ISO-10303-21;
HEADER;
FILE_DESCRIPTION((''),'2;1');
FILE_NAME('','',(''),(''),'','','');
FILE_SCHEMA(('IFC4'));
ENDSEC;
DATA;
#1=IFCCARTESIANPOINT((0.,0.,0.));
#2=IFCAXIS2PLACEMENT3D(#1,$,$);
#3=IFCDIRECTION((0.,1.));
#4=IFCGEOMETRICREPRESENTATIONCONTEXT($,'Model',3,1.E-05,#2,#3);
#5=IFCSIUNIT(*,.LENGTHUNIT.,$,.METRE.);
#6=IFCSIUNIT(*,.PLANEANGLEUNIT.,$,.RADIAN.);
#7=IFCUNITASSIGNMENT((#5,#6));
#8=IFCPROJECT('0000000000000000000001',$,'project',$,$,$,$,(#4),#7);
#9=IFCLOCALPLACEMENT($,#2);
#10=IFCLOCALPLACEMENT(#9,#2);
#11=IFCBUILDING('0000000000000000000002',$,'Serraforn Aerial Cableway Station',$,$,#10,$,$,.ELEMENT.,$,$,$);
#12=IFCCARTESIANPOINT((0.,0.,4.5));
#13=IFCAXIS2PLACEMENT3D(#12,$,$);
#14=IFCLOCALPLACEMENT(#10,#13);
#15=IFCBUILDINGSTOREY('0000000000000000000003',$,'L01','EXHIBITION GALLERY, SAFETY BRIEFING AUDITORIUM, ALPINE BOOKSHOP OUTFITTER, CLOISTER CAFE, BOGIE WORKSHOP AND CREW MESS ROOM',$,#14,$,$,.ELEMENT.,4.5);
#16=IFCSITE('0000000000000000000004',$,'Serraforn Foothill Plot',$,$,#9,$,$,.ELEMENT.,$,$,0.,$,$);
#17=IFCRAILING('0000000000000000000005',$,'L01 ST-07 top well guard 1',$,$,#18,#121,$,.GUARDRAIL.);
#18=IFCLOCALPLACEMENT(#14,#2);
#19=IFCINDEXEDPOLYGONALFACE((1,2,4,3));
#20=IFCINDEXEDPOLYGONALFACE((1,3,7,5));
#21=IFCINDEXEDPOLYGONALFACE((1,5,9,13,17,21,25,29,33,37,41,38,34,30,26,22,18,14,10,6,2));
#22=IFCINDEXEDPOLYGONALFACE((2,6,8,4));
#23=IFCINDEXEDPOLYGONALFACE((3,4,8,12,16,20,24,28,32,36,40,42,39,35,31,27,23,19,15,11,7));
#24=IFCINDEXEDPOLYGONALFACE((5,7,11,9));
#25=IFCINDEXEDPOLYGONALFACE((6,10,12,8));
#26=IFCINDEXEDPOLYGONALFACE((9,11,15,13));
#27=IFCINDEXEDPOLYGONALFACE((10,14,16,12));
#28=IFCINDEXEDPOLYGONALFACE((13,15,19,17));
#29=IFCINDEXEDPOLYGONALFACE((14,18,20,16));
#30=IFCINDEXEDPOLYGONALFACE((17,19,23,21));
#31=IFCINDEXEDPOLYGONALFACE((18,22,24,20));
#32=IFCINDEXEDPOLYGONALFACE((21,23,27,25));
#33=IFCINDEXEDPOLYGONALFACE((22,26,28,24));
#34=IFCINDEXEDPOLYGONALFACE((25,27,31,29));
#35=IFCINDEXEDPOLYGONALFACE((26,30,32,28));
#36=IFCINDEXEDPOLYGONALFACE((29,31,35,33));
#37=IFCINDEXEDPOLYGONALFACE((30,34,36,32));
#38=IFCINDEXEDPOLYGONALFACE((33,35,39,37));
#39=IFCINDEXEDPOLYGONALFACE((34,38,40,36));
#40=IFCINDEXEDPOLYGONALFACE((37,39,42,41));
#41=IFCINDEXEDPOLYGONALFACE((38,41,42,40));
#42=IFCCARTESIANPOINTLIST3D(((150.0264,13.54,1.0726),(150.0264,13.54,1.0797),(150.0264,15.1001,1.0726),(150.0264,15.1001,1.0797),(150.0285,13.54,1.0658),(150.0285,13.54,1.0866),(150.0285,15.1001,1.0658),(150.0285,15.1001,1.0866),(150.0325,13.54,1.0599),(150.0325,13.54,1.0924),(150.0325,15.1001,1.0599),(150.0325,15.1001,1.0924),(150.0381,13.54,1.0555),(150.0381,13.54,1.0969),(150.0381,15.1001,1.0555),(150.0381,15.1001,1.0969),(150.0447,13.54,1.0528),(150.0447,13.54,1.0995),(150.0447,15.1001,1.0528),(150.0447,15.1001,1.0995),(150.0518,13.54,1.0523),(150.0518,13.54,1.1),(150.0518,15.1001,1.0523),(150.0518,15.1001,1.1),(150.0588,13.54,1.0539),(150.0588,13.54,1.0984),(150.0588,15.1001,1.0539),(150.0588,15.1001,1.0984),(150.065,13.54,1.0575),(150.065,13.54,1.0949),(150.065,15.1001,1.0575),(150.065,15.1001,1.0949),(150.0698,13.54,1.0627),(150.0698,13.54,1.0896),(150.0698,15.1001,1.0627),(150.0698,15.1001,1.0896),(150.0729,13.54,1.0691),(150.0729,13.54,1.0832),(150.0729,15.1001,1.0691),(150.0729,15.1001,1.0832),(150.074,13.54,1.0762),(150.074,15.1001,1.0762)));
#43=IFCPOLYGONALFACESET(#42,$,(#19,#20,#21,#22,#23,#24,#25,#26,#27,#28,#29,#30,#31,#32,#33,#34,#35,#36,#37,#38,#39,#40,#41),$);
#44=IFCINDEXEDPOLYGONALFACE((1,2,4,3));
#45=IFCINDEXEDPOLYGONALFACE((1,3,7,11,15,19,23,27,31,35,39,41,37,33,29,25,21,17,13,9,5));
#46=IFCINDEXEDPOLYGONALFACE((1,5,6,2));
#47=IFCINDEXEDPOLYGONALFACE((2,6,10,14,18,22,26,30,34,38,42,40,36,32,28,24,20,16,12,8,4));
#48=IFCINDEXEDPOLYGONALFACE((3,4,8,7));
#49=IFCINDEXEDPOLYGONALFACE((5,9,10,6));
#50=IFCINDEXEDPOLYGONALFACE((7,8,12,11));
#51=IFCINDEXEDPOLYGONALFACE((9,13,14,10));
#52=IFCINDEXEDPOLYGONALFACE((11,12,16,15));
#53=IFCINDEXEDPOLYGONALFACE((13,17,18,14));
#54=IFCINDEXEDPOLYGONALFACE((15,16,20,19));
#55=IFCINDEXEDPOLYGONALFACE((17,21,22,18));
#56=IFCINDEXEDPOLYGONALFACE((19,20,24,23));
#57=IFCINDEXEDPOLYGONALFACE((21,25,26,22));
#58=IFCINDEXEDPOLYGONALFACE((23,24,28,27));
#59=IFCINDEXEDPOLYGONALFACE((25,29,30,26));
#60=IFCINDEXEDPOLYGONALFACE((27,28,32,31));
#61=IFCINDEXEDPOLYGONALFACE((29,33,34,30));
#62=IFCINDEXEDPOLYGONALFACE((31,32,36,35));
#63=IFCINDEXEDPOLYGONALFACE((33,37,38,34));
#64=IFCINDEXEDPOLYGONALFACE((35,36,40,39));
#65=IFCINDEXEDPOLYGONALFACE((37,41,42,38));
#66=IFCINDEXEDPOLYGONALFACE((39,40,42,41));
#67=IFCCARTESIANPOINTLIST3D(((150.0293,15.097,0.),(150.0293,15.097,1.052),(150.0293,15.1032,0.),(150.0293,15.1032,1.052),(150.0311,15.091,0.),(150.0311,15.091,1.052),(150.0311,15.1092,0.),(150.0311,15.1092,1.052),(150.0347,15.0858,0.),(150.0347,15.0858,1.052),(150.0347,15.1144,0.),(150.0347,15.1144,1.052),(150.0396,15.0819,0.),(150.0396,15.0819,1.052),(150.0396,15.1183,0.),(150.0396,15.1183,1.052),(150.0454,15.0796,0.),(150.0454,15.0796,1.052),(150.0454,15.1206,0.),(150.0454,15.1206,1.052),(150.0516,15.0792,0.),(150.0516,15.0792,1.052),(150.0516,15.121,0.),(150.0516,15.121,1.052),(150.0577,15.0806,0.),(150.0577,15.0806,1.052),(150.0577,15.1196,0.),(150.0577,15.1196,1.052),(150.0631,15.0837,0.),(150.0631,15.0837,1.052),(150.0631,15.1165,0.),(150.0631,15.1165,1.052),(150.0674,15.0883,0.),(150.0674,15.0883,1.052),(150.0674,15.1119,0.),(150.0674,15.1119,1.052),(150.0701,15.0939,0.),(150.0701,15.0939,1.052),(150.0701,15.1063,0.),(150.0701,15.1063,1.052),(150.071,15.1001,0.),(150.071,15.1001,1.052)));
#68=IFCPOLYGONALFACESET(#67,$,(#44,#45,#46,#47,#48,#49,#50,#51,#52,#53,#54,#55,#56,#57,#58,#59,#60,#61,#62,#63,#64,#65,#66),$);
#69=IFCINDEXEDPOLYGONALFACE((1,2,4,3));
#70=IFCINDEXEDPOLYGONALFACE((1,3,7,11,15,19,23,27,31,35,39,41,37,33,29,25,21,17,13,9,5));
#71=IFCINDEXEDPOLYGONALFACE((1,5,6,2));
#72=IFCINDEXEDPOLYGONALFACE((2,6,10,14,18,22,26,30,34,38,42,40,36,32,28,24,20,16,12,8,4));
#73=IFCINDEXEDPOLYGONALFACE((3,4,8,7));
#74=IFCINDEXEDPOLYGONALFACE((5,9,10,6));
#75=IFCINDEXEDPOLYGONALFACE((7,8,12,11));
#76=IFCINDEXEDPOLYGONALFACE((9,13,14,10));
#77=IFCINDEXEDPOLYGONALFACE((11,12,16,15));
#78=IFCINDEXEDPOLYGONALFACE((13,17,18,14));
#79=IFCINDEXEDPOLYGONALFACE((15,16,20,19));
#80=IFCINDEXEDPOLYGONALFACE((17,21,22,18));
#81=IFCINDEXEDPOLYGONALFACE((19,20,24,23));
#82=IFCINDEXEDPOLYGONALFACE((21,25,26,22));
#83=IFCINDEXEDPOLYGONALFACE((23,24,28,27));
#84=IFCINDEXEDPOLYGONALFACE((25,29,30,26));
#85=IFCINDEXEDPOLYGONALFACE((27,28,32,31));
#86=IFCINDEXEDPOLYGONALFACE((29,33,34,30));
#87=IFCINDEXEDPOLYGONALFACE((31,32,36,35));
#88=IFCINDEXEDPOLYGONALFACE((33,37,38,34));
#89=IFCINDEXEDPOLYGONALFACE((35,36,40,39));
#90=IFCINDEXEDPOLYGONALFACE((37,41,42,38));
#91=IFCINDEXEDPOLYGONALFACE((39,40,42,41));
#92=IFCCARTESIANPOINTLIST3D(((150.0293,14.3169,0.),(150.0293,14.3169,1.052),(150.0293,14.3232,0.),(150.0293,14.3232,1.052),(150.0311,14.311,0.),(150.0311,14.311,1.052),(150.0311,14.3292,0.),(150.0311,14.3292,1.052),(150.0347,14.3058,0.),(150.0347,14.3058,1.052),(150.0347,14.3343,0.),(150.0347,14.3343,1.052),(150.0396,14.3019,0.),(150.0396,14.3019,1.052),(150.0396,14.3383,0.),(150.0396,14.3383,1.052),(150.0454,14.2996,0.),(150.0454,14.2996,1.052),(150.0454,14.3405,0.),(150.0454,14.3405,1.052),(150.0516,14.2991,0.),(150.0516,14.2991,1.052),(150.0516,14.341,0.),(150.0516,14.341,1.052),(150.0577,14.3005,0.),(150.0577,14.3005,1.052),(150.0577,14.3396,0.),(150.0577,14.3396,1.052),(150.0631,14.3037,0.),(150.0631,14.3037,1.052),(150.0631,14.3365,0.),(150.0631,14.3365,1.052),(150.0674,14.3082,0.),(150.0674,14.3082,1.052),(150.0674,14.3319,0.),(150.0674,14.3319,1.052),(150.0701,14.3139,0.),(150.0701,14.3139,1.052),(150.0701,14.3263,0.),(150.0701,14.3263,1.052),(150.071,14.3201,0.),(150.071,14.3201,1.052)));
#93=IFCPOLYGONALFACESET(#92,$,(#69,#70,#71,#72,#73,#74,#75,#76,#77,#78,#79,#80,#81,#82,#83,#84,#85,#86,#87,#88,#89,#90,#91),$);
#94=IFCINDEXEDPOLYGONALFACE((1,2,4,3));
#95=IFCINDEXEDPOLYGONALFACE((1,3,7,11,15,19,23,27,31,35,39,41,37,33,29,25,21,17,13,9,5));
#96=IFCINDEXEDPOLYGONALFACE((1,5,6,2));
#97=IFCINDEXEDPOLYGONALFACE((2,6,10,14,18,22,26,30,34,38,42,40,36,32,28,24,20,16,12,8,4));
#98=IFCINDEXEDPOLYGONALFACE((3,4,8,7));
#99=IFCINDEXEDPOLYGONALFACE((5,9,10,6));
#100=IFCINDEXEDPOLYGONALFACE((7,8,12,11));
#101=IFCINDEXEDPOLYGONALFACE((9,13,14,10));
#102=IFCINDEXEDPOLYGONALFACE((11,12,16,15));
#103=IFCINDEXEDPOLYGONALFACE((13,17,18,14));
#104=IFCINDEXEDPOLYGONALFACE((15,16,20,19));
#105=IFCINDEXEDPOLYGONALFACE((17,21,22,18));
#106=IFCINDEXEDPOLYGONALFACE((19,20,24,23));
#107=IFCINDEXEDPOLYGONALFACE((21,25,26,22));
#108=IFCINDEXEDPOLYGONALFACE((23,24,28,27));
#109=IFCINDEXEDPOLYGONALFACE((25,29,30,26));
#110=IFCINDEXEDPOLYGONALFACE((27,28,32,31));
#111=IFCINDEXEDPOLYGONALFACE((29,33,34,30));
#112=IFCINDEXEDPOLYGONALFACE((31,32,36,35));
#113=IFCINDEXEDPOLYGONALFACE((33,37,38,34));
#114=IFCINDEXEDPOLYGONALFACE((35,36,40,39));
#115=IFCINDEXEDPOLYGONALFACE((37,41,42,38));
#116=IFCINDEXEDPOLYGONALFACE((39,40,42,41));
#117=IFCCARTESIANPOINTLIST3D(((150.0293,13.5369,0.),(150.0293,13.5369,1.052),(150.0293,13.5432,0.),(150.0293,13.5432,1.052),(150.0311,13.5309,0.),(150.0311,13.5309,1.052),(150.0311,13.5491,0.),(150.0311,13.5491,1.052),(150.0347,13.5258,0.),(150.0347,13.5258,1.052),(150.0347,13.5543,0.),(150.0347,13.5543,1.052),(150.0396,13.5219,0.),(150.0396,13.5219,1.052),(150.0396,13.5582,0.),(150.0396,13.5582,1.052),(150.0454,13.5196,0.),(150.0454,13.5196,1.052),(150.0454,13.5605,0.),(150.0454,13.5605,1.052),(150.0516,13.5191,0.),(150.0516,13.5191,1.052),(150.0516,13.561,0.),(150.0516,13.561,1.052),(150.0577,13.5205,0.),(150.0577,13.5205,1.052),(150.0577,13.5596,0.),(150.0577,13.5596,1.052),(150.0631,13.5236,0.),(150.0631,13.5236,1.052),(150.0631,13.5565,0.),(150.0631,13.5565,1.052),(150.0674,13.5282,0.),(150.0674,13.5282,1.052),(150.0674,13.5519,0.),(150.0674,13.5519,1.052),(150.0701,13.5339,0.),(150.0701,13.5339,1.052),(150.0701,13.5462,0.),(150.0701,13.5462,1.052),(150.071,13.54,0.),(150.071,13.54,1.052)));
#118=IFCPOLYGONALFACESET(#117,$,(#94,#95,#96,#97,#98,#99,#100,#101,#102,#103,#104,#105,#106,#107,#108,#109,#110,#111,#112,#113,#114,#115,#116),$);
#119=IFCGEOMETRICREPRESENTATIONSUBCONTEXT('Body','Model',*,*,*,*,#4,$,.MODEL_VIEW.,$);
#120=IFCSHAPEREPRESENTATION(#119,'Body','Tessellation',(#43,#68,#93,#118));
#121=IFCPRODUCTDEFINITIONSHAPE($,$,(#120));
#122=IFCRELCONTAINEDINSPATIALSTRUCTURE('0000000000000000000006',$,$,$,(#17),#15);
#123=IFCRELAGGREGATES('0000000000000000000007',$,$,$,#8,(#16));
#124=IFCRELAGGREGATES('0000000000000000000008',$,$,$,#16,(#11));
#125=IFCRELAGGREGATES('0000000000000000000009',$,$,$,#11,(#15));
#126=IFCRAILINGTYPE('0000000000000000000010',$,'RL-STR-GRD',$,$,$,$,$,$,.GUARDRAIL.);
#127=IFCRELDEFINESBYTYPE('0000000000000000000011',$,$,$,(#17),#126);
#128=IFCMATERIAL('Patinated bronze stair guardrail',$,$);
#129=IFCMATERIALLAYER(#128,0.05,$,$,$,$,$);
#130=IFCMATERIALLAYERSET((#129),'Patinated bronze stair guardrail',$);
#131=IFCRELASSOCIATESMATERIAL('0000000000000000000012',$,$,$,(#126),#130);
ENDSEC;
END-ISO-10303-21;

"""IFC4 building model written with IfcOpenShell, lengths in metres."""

from ifc_helpers import new_model, si_unit, direction, frame, origin, origin_2d, place, context, subcontext, project, spatial, circle, extrude, material, layer, layer_set, type_object, element, save


model = new_model("IFC4")

# Units and contexts
model_context = context("Model", 3, precision=1e-05, world=origin(), true_north=direction((0.0, 1.0)))
body_context = subcontext(model_context, "Body", "Model", "MODEL_VIEW")
ifc_project = project(units=[si_unit("LENGTHUNIT", "METRE"), si_unit("PLANEANGLEUNIT", "RADIAN")], contexts=[model_context])

# Site, building, storey
site_placement = place(None, origin())
site = spatial("IfcSite", under=ifc_project, at=site_placement, Name="Serraforn Foothill Plot", CompositionType="ELEMENT", RefElevation=0.0)
building_placement = place(site_placement, origin())
building = spatial("IfcBuilding", under=site, at=building_placement, Name="Serraforn Aerial Cableway Station", CompositionType="ELEMENT")
storey_placement = place(building_placement, frame((0.0, 0.0, 4.5)))
storey = spatial("IfcBuildingStorey", under=building, at=storey_placement, Name="L01", Description="EXHIBITION GALLERY, SAFETY BRIEFING AUDITORIUM, ALPINE BOOKSHOP OUTFITTER, CLOISTER CAFE, BOGIE WORKSHOP AND CREW MESS ROOM", CompositionType="ELEMENT", Elevation=4.5)

# Railing
ifc_material_1 = material(Name="Patinated bronze stair guardrail")
ifc_layer_1 = layer(ifc_material_1, 0.05)
ifc_layer_set_1 = layer_set([ifc_layer_1], Name="Patinated bronze stair guardrail")
railing_type = type_object("IfcRailingType", Name="RL-STR-GRD", PredefinedType="GUARDRAIL", material=ifc_layer_set_1)
railing_placement = place(storey_placement, frame((150.05, 15.1001, 0.0)))
element("IfcRailing", 1, at=railing_placement, inside=storey, type_object=railing_type, Name="L01 ST-07 top well guard 1", PredefinedType="GUARDRAIL", context=body_context, shape_type="SweptSolid", body=[
    extrude(circle(Radius=0.0239, at=origin_2d()), frame((0.0, 0.0, 1.0762), z_axis=(0.0, -1.0, 0.0), x_axis=(1.0, 0.0, 0.0)), (0.0, 0.0, 1.0), 1.5601),
    extrude(circle(Radius=0.021, at=origin_2d()), origin(), (0.0, 0.0, 1.0), 1.052),
    extrude(circle(Radius=0.021, at=origin_2d()), frame((0.0, -0.78, 0.0)), (0.0, 0.0, 1.0), 1.052),
    extrude(circle(Radius=0.021, at=origin_2d()), frame((0.0, -1.5601, 0.0)), (0.0, 0.0, 1.0), 1.052),
])

save(model, "model.ifc")
